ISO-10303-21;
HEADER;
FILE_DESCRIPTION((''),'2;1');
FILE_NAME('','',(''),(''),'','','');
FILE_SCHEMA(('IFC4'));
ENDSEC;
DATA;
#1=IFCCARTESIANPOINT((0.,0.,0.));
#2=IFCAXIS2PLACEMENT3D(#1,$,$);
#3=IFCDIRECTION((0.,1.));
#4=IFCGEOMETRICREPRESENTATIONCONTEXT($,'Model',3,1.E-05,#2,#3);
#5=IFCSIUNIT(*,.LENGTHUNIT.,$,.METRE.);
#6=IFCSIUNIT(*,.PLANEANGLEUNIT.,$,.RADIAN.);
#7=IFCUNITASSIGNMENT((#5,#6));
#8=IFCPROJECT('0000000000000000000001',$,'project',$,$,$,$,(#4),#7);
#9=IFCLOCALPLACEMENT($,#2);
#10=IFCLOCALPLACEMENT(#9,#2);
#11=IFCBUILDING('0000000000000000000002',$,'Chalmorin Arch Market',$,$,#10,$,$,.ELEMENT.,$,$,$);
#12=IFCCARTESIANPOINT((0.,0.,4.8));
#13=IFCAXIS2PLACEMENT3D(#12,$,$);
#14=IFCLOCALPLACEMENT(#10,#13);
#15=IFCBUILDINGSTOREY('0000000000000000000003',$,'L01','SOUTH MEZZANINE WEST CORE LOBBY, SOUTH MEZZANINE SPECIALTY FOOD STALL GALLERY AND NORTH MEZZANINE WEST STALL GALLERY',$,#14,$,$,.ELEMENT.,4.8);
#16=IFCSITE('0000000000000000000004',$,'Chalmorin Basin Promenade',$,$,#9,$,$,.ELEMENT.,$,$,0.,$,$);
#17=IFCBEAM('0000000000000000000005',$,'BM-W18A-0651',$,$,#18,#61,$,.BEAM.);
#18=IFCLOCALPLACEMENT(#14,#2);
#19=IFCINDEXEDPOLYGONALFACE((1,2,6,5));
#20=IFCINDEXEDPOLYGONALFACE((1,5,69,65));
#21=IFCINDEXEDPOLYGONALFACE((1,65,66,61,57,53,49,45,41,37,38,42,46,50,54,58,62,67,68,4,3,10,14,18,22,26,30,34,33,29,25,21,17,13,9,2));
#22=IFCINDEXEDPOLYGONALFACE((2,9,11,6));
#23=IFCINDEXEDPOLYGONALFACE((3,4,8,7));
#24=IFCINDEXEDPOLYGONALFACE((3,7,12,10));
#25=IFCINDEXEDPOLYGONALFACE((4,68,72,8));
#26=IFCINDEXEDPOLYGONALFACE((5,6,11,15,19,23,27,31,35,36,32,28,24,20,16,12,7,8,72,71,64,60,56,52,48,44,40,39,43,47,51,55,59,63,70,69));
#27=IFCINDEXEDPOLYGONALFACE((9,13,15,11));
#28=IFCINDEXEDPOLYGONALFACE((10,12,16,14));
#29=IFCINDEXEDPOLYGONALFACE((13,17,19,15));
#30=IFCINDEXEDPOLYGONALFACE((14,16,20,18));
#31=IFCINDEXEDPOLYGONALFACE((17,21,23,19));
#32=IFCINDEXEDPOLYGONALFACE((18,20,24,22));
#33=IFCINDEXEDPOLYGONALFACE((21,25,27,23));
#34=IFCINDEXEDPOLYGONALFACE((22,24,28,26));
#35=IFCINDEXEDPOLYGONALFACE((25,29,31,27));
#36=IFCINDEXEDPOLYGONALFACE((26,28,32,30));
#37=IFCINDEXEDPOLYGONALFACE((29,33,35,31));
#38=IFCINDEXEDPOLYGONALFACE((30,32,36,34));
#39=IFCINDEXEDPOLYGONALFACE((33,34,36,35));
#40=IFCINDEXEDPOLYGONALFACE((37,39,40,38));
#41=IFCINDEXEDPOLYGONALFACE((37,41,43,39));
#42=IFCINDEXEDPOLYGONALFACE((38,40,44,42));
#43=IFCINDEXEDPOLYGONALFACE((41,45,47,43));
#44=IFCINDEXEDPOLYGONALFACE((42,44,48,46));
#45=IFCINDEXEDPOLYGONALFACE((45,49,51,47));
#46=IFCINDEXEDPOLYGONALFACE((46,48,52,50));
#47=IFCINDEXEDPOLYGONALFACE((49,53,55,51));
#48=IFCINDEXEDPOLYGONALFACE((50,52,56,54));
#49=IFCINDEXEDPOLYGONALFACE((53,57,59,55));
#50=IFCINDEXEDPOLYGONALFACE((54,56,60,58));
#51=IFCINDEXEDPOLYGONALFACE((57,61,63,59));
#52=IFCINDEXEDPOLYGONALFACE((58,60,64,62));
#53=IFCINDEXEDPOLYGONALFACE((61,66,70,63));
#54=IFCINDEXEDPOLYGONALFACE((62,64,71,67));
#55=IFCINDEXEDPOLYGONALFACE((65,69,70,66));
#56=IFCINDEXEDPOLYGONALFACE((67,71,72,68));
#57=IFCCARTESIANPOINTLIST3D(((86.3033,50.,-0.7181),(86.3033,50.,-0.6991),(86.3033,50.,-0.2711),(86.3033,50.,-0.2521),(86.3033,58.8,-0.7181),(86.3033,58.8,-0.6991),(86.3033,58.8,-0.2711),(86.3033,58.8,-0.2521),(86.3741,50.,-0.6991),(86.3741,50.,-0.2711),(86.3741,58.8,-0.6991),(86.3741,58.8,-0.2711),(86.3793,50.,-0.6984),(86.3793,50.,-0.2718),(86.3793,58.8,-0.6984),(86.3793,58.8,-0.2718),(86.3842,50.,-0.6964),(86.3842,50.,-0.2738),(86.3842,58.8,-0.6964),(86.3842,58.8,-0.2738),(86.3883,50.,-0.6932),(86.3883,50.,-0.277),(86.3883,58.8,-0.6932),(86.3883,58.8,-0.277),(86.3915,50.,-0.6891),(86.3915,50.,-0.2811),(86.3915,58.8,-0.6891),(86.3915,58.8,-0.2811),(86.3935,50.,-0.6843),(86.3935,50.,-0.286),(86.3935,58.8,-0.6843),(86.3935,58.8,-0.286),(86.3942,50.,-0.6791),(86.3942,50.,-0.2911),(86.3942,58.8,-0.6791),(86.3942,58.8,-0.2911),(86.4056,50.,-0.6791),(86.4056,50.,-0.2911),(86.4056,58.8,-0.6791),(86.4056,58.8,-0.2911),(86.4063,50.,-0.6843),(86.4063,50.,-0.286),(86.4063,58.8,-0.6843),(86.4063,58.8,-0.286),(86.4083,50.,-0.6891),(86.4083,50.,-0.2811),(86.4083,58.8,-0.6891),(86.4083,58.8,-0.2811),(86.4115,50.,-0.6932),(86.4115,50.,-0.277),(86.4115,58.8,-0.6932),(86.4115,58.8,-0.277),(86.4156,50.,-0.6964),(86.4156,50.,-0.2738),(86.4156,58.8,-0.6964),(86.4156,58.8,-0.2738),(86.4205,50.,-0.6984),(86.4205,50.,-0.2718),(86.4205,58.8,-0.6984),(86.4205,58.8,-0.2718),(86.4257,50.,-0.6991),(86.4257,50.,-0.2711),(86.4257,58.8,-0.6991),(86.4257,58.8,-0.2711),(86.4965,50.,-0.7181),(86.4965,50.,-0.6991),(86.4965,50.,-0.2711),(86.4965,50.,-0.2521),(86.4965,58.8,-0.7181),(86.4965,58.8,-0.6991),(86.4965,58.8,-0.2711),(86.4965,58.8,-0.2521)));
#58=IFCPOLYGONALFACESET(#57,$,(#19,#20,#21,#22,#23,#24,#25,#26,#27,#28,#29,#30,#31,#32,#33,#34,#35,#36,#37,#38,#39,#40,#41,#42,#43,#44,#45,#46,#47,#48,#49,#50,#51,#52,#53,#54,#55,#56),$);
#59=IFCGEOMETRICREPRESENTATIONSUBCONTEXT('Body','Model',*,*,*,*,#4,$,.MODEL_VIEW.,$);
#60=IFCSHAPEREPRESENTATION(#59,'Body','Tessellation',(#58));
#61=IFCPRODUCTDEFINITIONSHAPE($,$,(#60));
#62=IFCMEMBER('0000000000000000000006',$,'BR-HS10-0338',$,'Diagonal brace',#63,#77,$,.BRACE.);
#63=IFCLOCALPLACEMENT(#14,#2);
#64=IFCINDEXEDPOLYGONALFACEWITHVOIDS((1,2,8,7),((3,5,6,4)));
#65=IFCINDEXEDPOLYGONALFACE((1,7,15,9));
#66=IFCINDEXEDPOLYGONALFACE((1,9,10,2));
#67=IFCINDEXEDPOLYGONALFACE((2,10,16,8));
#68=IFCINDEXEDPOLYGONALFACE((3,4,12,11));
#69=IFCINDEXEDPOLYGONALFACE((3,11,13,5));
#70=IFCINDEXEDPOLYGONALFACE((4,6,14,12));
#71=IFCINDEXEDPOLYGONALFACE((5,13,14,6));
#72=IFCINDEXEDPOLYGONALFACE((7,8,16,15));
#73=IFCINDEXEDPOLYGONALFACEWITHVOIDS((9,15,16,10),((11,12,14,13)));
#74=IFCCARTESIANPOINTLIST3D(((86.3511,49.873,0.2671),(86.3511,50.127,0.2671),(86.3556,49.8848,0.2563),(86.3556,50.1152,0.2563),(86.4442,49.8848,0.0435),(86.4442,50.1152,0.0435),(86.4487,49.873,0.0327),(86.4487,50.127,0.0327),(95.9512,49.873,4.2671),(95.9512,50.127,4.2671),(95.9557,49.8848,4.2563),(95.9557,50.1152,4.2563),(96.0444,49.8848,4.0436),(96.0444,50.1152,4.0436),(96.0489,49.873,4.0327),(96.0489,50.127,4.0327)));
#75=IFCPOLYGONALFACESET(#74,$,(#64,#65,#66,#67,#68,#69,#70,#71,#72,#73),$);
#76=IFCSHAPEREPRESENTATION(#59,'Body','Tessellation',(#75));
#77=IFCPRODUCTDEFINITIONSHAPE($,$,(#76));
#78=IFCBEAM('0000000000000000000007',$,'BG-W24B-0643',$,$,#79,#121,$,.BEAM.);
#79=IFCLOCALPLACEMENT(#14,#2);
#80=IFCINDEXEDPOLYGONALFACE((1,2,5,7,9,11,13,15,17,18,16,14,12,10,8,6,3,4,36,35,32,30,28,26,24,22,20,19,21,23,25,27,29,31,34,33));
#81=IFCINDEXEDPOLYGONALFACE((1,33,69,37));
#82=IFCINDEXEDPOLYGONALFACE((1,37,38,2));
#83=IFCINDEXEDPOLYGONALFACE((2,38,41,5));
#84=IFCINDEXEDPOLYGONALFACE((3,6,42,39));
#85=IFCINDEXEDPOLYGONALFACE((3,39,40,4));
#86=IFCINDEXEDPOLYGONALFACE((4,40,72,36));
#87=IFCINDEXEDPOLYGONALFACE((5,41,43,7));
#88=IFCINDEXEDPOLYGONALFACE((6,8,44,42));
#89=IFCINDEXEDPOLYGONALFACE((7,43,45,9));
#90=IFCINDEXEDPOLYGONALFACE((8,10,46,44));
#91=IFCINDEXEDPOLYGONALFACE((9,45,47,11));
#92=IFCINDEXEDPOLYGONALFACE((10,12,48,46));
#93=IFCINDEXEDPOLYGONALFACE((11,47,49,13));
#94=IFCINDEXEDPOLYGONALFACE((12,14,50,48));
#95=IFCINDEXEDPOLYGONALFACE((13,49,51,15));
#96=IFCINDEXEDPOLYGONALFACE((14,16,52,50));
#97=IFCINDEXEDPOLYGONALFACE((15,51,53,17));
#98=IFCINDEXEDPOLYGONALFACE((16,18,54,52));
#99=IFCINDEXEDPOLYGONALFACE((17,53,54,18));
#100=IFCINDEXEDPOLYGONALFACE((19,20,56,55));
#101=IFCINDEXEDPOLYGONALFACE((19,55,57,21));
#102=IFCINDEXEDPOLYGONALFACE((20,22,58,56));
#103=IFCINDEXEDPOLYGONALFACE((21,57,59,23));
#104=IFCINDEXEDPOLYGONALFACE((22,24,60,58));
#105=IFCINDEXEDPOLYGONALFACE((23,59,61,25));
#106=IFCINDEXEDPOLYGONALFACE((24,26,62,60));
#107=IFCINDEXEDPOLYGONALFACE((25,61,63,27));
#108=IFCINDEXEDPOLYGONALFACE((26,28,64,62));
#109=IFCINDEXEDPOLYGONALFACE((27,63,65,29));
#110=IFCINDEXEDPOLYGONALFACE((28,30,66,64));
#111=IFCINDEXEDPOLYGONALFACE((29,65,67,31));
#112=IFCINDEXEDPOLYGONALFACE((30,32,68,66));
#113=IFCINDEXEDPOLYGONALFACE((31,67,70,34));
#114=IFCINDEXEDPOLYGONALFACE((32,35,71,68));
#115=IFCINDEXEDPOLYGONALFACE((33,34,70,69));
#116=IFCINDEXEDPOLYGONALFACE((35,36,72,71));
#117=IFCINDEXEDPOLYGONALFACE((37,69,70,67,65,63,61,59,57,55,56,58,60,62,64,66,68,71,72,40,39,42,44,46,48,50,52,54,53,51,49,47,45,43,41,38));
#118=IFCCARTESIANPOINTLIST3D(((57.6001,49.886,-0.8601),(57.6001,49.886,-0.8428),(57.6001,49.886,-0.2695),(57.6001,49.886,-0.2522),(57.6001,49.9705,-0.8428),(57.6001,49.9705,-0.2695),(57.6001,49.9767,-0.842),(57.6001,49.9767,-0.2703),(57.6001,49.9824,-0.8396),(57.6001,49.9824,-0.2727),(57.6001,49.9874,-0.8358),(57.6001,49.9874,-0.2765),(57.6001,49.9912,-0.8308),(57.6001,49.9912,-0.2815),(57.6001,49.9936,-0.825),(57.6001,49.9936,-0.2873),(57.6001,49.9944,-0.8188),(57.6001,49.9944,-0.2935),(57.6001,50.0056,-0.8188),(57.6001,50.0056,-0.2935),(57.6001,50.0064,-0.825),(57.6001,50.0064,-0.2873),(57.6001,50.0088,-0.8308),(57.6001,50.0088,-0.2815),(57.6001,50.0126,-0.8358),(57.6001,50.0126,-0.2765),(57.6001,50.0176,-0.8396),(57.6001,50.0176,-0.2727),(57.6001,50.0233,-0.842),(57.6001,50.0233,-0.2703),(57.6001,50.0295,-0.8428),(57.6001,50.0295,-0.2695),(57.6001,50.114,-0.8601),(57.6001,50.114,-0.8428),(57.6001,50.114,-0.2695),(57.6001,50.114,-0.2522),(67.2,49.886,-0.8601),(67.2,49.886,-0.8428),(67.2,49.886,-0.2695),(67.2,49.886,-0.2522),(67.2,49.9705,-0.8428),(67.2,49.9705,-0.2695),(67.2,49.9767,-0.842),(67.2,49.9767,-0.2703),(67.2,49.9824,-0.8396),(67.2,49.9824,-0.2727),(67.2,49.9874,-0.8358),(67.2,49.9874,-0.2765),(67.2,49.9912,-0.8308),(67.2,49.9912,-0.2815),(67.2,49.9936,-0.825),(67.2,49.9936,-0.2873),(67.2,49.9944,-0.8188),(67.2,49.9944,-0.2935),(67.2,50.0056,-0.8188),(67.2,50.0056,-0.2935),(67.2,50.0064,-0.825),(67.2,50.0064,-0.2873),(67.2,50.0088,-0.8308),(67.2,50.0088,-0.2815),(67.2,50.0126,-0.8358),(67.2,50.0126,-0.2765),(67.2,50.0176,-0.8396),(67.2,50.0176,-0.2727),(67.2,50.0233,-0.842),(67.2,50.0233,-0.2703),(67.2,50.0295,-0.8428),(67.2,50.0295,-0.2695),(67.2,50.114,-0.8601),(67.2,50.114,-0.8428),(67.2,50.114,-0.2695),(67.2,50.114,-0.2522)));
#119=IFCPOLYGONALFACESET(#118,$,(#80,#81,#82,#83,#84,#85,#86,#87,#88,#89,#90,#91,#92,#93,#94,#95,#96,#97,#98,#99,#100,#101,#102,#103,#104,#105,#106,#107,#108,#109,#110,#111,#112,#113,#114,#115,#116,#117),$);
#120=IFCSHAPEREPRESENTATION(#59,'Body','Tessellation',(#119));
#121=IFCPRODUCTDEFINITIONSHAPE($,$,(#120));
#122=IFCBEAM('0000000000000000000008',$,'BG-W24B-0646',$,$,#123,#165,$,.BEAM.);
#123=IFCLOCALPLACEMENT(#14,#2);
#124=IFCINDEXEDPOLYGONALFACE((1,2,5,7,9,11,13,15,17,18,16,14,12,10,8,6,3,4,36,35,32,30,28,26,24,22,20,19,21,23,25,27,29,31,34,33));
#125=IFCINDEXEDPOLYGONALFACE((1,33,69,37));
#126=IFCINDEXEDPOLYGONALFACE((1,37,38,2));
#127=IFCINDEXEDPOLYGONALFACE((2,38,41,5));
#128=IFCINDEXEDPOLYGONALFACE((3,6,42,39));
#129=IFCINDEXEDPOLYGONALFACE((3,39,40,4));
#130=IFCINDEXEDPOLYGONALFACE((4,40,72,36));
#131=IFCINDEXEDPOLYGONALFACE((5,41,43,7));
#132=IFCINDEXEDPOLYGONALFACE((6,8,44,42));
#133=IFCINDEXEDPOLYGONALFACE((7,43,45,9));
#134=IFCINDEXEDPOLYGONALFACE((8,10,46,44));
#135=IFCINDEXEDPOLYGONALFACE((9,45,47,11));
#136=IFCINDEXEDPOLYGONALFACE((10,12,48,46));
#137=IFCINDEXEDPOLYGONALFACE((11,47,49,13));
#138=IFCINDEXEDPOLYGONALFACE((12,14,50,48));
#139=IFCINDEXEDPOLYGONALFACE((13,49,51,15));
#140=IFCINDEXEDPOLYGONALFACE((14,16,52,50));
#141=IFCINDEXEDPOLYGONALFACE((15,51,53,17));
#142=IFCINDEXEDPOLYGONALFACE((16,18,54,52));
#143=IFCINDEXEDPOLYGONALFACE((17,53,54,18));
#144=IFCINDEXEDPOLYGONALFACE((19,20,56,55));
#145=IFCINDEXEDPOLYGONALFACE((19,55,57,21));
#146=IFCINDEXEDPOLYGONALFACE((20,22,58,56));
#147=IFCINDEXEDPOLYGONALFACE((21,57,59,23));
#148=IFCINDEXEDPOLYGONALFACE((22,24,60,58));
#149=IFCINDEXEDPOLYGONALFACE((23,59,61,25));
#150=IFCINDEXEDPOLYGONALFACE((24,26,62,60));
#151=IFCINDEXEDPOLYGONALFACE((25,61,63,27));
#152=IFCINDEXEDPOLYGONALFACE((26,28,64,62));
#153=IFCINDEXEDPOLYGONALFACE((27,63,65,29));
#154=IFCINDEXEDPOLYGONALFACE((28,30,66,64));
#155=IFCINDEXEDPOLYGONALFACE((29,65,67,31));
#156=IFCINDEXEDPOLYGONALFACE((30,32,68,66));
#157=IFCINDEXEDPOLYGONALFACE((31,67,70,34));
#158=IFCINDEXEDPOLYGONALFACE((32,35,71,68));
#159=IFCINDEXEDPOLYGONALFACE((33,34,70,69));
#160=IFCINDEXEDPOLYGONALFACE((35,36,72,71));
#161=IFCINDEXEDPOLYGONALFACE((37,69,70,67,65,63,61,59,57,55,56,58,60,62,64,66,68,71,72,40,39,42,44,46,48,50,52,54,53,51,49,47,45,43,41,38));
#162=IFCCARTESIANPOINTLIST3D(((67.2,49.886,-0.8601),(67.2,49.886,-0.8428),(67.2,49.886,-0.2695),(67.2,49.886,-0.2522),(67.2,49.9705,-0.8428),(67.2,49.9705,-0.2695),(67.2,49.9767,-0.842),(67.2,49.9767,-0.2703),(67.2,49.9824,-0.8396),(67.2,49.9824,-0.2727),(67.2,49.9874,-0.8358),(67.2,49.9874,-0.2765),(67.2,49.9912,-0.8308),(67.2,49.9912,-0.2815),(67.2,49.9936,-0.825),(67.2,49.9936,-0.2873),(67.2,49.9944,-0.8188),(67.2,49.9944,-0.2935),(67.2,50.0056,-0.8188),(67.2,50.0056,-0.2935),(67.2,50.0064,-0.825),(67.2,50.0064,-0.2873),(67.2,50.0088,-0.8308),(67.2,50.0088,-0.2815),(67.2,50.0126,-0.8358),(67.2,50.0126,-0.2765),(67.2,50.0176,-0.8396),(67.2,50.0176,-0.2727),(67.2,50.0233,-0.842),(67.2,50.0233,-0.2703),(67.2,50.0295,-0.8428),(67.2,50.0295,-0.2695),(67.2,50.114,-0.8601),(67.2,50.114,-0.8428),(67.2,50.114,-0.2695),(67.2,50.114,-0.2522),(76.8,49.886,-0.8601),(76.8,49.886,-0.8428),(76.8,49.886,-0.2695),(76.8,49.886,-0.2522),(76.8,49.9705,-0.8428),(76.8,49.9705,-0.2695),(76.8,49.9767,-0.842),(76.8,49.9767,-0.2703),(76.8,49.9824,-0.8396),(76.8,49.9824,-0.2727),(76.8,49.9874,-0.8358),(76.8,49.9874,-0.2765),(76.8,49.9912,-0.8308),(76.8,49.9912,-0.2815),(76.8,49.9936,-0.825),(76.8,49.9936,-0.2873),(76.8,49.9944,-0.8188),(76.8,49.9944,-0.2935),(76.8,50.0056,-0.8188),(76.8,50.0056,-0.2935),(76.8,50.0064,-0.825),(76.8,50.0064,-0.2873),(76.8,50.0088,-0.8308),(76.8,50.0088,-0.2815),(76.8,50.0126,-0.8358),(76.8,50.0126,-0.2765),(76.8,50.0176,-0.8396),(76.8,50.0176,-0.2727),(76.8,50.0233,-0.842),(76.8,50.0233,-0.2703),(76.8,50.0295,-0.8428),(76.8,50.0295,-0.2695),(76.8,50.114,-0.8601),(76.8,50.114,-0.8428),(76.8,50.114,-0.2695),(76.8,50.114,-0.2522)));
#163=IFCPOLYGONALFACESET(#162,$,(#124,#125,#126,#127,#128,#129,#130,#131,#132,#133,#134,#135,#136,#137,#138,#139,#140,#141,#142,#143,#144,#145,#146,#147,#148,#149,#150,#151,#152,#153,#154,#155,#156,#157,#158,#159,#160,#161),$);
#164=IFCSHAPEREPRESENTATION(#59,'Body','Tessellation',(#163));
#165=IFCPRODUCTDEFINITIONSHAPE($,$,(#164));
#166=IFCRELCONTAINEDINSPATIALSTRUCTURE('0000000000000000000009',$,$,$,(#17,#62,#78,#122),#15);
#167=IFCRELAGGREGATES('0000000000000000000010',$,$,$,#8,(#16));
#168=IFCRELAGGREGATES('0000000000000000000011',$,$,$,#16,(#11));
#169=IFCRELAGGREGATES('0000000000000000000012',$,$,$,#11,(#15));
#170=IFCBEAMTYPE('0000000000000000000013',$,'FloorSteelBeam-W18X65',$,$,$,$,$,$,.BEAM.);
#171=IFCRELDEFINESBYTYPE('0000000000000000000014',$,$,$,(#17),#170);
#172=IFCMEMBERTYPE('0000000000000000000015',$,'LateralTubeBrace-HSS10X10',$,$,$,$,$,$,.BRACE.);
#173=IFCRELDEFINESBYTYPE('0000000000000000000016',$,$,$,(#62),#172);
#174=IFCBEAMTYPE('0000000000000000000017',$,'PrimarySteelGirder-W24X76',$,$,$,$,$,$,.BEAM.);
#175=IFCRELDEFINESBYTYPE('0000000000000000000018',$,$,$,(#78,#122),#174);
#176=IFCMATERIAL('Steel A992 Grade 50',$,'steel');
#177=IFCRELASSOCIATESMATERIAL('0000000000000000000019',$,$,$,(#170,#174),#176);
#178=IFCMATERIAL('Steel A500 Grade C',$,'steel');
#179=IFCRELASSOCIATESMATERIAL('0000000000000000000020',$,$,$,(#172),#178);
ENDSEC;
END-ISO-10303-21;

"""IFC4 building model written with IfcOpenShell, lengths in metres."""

from ifc_helpers import new_model, si_unit, direction, frame, origin, origin_2d, place, context, subcontext, project, spatial, hollow_rectangle, i_section, extrude, material, material_profile, profile_set, type_object, element, save


model = new_model("IFC4")

# Units and contexts
model_context = context("Model", 3, precision=1e-05, world=origin(), true_north=direction((0.0, 1.0)))
body_context = subcontext(model_context, "Body", "Model", "MODEL_VIEW")
ifc_project = project(units=[si_unit("LENGTHUNIT", "METRE"), si_unit("PLANEANGLEUNIT", "RADIAN")], contexts=[model_context])

# Site, building, storey
site_placement = place(None, origin())
site = spatial("IfcSite", under=ifc_project, at=site_placement, Name="Chalmorin Basin Promenade", CompositionType="ELEMENT", RefElevation=0.0)
building_placement = place(site_placement, origin())
building = spatial("IfcBuilding", under=site, at=building_placement, Name="Chalmorin Arch Market", CompositionType="ELEMENT")
storey_placement = place(building_placement, frame((0.0, 0.0, 4.8)))
storey = spatial("IfcBuildingStorey", under=building, at=storey_placement, Name="L01", Description="SOUTH MEZZANINE WEST CORE LOBBY, SOUTH MEZZANINE SPECIALTY FOOD STALL GALLERY AND NORTH MEZZANINE WEST STALL GALLERY", CompositionType="ELEMENT", Elevation=4.8)

# Beam
ifc_material_1 = material(Name="Steel A992 Grade 50", Category="steel")
ifc_material_profile_1 = material_profile(ifc_material_1, i_section(OverallWidth=0.1931, OverallDepth=0.4661, WebThickness=0.0115, FlangeThickness=0.019, FilletRadius=0.02, at=origin_2d()), Name="W18X65")
ifc_profile_set_1 = profile_set([ifc_material_profile_1], Name="Steel A992 Grade 50")
beam_type_1 = type_object("IfcBeamType", Name="FloorSteelBeam-W18X65", PredefinedType="BEAM", material=ifc_profile_set_1)
for number, where, z_axis, x_axis, name in (
    (1, (86.3999, 50.0, -0.4851), (0.0, 1.0, 0.0), (-1.0, 0.0, 0.0), "BM-W18A-0651"),
):
    element("IfcBeam", number, at=place(storey_placement, frame(where, z_axis=z_axis, x_axis=x_axis)), inside=storey, type_object=beam_type_1, Name=name, PredefinedType="BEAM", context=body_context, shape_type="SweptSolid", body=[
        extrude(i_section(OverallWidth=0.1931, OverallDepth=0.4661, WebThickness=0.0115, FlangeThickness=0.019, FilletRadius=0.02, at=origin_2d()), origin(), (0.0, 0.0, 1.0), 8.8),
    ])

# Member
ifc_material_2 = material(Name="Steel A500 Grade C", Category="steel")
ifc_material_profile_2 = material_profile(ifc_material_2, hollow_rectangle(XDim=0.2539, YDim=0.2539, WallThickness=0.0117, at=origin_2d()), Name="HSS10X10X1/2")
ifc_profile_set_2 = profile_set([ifc_material_profile_2], Name="Steel A500 Grade C")
member_type = type_object("IfcMemberType", Name="LateralTubeBrace-HSS10X10", PredefinedType="BRACE", material=ifc_profile_set_2)
member_placement = place(storey_placement, frame((86.3999, 50.0, 0.1499), z_axis=(0.923078, 0.0, 0.384612), x_axis=(0.0, 1.0, 0.0)))
element("IfcMember", 2, at=member_placement, inside=storey, type_object=member_type, Name="BR-HS10-0338", ObjectType="Diagonal brace", PredefinedType="BRACE", context=body_context, shape_type="SweptSolid", body=[
    extrude(hollow_rectangle(XDim=0.2539, YDim=0.2539, WallThickness=0.0117, at=origin_2d()), origin(), (0.0, 0.0, 1.0), 10.4001),
])

# Beams
ifc_material_profile_3 = material_profile(ifc_material_1, i_section(OverallWidth=0.228, OverallDepth=0.6079, WebThickness=0.0112, FlangeThickness=0.0173, FilletRadius=0.0239, at=origin_2d()), Name="W24X76")
ifc_profile_set_3 = profile_set([ifc_material_profile_3], Name="Steel A992 Grade 50")
beam_type_2 = type_object("IfcBeamType", Name="PrimarySteelGirder-W24X76", PredefinedType="BEAM", material=ifc_profile_set_3)
beam_1_placement = place(storey_placement, frame((57.6001, 50.0, -0.5562), z_axis=(1.0, 0.0, 0.0), x_axis=(0.0, 1.0, 0.0)))
element("IfcBeam", 3, at=beam_1_placement, inside=storey, type_object=beam_type_2, Name="BG-W24B-0643", PredefinedType="BEAM", context=body_context, shape_type="SweptSolid", body=[
    extrude(i_section(OverallWidth=0.228, OverallDepth=0.6079, WebThickness=0.0112, FlangeThickness=0.0173, FilletRadius=0.0239, at=origin_2d()), origin(), (0.0, 0.0, 1.0), 9.5999),
])
beam_2_placement = place(storey_placement, frame((67.2, 50.0, -0.5562), z_axis=(1.0, 0.0, 0.0), x_axis=(0.0, 1.0, 0.0)))
element("IfcBeam", 4, at=beam_2_placement, inside=storey, type_object=beam_type_2, Name="BG-W24B-0646", PredefinedType="BEAM", context=body_context, shape_type="SweptSolid", body=[
    extrude(i_section(OverallWidth=0.228, OverallDepth=0.6079, WebThickness=0.0112, FlangeThickness=0.0173, FilletRadius=0.0239, at=origin_2d()), origin(), (0.0, 0.0, 1.0), 9.6001),
])

save(model, "model.ifc")
